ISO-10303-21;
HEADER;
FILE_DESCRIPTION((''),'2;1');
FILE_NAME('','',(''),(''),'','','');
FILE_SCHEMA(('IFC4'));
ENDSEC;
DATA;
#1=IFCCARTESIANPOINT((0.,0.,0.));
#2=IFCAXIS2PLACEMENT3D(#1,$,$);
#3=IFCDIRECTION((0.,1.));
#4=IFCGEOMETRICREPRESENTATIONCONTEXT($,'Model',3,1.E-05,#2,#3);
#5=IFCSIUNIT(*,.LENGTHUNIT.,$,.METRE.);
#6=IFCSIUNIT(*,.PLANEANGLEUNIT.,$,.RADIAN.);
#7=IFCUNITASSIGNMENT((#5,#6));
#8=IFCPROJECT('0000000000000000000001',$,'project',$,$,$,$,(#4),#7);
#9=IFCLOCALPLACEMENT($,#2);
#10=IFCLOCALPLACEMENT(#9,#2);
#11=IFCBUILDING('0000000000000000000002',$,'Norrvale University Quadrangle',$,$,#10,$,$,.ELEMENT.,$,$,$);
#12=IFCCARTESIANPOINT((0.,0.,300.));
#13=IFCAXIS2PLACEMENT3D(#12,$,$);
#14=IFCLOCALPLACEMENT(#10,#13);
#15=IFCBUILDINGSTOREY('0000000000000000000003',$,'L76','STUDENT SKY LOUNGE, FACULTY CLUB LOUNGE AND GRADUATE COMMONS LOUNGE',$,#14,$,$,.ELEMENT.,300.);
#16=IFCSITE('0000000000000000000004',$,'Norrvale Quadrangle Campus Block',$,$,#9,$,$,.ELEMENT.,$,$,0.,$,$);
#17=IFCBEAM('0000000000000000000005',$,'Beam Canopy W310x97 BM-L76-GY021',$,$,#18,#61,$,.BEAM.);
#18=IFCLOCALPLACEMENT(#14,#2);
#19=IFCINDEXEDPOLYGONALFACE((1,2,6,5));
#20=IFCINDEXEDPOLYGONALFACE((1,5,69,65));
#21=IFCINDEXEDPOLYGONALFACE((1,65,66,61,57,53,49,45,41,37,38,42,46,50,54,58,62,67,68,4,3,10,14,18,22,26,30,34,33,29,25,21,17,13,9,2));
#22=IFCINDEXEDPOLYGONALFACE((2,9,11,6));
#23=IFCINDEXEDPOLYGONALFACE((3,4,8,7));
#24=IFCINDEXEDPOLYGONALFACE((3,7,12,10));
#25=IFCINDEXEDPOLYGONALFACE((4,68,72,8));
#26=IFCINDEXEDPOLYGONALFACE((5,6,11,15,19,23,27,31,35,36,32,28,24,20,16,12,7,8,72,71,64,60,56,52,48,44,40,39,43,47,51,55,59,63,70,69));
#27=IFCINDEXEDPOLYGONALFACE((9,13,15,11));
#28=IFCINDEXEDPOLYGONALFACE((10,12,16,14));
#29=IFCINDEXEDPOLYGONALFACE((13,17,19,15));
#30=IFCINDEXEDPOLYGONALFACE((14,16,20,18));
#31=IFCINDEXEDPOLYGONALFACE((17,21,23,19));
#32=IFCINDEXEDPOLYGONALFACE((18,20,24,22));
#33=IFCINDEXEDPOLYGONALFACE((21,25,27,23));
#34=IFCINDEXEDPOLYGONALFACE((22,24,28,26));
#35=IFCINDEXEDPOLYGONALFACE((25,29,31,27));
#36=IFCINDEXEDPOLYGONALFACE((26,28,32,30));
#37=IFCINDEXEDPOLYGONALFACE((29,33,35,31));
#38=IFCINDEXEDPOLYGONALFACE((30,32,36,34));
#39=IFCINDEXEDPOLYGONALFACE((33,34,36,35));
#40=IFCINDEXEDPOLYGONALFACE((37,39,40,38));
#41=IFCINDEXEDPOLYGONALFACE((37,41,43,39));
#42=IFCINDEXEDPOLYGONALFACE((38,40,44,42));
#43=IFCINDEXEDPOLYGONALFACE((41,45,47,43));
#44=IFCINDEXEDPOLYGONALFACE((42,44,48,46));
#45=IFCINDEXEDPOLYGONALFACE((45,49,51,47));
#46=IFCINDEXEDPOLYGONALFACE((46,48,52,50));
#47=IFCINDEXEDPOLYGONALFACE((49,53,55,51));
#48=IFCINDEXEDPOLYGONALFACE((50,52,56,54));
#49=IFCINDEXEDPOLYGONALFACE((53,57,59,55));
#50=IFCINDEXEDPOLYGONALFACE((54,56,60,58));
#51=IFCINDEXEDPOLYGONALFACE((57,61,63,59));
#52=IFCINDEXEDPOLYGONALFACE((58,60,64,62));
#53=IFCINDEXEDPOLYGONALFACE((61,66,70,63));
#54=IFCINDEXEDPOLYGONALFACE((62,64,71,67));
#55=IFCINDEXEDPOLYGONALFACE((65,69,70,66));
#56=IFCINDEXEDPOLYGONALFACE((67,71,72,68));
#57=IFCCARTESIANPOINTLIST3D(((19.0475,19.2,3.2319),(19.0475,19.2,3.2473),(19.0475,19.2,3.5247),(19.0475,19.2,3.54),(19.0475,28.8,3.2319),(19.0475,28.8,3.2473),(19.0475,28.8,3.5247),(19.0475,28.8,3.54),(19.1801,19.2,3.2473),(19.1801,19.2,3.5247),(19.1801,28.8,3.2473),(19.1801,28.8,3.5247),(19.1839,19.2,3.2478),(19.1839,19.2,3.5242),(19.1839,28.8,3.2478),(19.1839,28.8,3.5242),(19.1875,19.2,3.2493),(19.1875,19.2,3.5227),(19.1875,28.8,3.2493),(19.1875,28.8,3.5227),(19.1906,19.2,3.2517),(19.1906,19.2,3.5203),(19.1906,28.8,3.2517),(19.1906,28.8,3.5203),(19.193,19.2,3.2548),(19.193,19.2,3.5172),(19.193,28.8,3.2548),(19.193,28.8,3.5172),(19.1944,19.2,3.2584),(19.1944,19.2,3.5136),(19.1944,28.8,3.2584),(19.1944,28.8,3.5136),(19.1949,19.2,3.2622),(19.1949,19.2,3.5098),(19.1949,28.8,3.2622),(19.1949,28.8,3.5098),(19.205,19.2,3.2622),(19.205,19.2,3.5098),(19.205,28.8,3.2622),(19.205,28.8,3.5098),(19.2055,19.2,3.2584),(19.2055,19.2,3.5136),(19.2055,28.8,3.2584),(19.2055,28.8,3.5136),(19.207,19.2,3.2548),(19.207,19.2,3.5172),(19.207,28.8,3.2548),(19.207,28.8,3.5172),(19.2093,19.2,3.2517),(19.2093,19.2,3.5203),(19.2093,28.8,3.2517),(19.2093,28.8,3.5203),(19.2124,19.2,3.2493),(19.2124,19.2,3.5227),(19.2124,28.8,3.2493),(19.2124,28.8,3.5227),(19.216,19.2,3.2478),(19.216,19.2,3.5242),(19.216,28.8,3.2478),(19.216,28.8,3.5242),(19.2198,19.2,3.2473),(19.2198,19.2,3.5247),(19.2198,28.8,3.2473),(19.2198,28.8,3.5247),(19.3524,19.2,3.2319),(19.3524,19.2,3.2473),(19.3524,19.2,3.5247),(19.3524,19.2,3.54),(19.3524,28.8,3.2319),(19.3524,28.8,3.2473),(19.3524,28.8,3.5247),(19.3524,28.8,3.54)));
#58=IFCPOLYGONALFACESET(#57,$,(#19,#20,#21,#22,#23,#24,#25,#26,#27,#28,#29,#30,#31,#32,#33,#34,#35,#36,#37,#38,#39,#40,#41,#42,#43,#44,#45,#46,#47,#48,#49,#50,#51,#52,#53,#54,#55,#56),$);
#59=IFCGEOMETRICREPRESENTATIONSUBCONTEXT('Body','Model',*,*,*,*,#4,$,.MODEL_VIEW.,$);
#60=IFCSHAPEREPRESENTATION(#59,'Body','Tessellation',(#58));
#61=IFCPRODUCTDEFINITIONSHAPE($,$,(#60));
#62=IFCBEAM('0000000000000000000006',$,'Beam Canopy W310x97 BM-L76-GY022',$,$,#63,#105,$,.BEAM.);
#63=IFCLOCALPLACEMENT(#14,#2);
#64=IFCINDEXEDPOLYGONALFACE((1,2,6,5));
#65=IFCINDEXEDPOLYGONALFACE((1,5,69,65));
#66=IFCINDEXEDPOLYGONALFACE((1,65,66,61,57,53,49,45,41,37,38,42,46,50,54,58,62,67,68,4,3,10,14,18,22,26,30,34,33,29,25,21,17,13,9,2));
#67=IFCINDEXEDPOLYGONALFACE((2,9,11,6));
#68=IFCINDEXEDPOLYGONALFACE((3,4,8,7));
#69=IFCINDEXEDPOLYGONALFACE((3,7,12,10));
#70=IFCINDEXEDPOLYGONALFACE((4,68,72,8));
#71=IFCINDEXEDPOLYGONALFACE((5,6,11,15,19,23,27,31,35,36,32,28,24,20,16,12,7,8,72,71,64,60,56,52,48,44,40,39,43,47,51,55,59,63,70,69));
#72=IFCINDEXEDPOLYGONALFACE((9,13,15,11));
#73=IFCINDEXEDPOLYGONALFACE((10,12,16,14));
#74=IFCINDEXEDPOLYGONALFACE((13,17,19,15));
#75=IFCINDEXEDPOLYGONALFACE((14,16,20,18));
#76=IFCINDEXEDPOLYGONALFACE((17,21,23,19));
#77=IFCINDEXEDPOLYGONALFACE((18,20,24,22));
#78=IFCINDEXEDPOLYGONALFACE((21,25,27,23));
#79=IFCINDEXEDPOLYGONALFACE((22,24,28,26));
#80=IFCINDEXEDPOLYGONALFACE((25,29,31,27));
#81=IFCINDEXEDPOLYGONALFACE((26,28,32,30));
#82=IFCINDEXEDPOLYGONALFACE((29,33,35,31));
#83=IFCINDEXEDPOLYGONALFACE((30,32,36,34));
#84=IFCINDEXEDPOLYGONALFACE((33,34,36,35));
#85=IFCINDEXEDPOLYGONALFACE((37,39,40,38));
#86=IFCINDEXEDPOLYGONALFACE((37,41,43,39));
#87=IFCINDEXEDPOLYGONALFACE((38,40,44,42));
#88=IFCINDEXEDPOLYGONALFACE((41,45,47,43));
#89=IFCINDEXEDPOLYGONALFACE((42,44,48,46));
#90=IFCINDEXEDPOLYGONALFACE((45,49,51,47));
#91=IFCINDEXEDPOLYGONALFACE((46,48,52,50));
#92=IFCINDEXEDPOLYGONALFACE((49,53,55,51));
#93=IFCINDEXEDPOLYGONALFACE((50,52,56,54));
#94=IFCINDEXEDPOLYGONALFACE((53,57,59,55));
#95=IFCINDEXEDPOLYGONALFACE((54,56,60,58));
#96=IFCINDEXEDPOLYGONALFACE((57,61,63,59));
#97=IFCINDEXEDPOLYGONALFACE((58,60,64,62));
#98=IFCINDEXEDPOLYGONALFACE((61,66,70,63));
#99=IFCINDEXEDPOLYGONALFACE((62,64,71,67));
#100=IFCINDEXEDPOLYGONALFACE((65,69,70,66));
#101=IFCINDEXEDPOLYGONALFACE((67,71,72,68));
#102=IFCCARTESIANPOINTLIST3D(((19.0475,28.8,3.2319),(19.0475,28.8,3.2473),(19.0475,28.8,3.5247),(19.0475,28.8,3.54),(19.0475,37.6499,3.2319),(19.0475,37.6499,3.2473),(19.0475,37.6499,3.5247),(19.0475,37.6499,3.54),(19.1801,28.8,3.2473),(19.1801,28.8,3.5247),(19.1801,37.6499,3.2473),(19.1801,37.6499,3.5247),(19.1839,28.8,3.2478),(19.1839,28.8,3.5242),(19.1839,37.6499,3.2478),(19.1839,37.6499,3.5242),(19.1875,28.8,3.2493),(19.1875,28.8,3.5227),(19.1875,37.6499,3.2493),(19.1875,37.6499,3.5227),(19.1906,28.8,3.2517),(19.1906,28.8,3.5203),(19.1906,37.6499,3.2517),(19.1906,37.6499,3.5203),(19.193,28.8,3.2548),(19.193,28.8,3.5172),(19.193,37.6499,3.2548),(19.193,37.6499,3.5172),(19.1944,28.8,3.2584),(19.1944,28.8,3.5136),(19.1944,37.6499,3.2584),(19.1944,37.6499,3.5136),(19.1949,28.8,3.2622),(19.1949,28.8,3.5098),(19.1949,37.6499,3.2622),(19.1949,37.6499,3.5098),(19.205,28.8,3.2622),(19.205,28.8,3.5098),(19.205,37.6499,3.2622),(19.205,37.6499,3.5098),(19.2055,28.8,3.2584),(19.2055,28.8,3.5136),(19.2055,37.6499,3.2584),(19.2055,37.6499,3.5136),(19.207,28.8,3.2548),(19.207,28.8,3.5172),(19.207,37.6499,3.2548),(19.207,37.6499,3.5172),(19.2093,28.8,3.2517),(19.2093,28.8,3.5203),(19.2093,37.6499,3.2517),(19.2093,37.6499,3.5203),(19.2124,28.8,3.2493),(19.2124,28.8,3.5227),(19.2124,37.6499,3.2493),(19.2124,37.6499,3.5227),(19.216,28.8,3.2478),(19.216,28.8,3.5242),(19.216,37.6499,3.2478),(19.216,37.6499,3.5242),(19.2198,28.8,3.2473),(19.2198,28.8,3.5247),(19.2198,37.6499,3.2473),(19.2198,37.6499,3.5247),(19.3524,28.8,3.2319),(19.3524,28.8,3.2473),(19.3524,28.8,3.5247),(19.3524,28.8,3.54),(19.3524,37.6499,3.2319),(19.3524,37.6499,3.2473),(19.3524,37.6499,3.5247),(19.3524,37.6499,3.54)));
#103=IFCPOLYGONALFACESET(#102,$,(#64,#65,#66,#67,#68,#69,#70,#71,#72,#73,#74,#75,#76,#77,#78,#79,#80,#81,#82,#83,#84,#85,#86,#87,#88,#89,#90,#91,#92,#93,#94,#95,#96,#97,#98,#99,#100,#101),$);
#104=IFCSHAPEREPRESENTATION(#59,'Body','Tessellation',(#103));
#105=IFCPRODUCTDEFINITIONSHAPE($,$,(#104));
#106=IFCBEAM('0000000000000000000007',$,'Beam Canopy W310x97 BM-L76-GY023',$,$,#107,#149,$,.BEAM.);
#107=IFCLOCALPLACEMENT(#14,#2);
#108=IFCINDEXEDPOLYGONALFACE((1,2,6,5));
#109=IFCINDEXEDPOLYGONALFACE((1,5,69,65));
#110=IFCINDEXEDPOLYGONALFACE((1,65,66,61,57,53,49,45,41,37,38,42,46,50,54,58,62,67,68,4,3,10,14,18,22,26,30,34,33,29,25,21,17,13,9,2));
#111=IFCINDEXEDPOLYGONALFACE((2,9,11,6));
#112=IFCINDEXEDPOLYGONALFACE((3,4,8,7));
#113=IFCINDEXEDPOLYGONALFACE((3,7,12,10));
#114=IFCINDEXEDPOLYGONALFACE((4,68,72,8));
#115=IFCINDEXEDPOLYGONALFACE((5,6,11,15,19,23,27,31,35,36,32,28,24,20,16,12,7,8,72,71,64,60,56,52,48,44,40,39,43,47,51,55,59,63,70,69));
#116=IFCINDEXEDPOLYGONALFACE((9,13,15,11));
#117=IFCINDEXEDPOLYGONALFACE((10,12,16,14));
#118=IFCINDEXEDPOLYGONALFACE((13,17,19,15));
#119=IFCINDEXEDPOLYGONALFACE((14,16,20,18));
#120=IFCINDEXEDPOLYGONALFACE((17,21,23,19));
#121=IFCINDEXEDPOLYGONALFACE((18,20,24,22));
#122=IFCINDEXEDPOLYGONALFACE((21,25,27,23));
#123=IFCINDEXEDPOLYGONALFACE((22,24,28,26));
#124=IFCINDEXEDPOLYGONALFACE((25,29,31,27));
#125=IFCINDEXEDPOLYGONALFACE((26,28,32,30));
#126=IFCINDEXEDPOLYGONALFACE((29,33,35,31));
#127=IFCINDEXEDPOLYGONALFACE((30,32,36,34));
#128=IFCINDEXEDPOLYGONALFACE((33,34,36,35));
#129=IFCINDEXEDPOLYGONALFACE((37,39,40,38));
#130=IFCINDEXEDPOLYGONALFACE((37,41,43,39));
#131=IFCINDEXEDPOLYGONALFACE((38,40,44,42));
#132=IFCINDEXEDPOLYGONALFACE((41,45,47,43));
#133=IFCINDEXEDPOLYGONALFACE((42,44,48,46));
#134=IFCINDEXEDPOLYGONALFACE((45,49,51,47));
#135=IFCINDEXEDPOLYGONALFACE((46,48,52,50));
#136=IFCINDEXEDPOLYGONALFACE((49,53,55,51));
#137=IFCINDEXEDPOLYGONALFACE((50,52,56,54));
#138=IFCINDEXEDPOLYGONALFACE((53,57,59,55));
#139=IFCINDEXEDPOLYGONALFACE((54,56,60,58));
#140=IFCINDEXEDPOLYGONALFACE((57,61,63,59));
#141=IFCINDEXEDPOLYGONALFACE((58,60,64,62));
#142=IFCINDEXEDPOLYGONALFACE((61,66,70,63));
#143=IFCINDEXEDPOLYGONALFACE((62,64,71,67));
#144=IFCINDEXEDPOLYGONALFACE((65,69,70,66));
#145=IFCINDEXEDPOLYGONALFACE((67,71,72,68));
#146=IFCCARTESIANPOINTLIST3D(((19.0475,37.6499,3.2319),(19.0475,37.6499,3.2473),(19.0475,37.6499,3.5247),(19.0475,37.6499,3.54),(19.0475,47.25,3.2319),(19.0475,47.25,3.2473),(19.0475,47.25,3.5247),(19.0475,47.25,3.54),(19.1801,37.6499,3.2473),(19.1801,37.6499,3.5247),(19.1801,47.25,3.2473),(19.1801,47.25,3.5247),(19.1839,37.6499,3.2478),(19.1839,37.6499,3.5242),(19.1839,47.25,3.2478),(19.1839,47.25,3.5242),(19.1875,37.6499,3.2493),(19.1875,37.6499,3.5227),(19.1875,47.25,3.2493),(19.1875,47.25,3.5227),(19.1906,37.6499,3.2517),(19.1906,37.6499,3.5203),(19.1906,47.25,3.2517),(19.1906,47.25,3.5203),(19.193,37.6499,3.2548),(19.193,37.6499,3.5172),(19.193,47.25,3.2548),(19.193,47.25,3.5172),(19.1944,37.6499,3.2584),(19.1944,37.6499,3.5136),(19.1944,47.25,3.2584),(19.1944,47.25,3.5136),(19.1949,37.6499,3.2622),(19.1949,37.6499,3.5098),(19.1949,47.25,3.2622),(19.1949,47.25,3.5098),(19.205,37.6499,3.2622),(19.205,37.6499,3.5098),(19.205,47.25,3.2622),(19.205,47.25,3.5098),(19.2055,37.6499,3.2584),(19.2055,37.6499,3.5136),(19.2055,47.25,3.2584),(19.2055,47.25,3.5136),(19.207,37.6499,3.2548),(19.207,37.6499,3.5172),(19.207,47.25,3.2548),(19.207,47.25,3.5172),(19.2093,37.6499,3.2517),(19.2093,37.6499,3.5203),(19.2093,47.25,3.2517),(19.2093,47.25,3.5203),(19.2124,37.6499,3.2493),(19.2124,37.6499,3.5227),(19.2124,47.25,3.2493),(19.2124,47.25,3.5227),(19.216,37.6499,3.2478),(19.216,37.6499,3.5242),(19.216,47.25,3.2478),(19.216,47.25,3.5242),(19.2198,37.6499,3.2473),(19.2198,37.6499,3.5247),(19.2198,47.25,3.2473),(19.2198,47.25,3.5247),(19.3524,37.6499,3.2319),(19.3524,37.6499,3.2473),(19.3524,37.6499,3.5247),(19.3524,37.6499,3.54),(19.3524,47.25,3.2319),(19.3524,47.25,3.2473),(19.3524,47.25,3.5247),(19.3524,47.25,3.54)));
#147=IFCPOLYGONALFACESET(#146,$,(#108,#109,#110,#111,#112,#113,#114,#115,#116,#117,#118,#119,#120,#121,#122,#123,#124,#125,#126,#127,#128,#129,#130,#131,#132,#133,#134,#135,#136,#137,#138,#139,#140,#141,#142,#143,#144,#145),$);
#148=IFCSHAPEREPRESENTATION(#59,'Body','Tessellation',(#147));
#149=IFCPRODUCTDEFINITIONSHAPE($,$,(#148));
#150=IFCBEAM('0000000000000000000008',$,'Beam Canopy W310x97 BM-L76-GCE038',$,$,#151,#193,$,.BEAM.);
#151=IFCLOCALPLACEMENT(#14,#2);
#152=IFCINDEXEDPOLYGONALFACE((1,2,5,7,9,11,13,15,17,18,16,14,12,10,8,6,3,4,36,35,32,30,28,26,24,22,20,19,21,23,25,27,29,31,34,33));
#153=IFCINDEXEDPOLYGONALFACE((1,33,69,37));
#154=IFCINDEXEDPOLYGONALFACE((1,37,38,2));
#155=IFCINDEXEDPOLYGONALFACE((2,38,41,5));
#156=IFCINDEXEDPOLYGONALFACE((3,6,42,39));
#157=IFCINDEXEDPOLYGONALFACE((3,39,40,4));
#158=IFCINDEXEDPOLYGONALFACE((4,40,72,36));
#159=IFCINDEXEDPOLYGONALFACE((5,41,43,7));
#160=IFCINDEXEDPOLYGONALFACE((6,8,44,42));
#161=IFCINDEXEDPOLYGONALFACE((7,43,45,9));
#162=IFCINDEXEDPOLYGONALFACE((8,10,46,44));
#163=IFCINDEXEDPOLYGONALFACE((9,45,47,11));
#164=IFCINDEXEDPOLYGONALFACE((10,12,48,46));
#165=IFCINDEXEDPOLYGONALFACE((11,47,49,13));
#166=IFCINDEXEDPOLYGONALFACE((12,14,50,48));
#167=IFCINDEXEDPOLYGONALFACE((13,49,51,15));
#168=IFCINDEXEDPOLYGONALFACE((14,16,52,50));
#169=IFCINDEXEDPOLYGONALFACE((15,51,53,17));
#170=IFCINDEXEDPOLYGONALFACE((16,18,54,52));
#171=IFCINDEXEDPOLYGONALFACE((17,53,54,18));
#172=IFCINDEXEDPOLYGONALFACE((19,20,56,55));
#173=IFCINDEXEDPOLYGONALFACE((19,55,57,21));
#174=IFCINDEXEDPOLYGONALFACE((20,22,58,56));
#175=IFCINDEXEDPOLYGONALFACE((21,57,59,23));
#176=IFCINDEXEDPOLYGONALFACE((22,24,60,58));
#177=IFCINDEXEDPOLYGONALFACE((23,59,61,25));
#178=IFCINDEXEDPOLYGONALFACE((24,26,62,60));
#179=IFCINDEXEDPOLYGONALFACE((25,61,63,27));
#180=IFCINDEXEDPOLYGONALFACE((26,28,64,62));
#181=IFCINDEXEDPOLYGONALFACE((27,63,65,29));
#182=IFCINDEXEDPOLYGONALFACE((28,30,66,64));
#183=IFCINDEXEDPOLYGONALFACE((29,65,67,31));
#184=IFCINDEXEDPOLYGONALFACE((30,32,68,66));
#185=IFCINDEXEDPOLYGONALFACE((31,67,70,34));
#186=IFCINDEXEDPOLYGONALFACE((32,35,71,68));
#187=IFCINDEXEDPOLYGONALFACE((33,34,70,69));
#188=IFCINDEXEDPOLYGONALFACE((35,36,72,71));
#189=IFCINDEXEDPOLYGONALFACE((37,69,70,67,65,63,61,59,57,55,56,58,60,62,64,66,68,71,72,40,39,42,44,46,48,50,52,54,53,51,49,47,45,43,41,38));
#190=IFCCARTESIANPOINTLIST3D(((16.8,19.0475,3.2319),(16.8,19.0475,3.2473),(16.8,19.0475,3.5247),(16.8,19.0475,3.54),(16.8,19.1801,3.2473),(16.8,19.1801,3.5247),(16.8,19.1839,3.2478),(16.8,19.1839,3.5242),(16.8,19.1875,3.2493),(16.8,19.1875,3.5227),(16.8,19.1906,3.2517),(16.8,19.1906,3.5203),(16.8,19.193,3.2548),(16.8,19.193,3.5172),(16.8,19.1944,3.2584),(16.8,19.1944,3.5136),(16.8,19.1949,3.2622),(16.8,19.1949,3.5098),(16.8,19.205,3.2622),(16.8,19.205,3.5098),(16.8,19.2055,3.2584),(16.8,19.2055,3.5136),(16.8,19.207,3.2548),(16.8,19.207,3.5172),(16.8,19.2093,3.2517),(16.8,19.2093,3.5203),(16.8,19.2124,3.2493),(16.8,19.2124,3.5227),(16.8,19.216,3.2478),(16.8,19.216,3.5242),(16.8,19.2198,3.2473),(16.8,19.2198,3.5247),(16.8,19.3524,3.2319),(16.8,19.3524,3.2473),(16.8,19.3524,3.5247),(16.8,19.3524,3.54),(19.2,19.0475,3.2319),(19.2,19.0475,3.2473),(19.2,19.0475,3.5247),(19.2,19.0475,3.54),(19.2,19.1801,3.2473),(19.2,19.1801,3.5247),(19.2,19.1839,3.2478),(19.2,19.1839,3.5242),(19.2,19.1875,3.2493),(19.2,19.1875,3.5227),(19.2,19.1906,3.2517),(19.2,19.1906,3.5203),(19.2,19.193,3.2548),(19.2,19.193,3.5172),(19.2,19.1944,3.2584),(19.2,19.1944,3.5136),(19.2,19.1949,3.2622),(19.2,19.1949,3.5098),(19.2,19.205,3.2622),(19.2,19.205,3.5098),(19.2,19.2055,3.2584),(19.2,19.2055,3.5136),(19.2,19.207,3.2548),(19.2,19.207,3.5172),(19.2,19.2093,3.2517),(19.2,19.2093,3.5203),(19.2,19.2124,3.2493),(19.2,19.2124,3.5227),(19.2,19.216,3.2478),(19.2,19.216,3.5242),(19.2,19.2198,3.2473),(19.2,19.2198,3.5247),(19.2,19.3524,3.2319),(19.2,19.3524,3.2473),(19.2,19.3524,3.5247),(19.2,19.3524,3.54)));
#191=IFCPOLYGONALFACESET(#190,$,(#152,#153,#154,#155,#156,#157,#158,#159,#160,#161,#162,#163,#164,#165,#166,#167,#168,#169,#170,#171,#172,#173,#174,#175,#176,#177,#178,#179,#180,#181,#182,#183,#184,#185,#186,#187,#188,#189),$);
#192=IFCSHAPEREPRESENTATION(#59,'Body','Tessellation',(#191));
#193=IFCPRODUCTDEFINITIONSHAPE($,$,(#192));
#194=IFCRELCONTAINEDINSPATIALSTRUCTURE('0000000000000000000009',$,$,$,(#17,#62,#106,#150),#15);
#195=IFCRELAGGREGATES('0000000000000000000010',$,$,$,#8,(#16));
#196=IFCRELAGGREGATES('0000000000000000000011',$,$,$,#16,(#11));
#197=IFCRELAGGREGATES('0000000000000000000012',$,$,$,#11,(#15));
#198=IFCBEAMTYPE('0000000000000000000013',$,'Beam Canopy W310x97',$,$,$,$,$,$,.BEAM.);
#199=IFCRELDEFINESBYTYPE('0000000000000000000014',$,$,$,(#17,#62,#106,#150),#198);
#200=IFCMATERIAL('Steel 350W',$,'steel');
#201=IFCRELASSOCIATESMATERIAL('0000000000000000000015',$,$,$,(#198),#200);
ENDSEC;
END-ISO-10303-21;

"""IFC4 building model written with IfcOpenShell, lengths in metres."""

from ifc_helpers import new_model, si_unit, direction, frame, origin, origin_2d, place, context, subcontext, project, spatial, i_section, extrude, material, material_profile, profile_set, type_object, element, save


model = new_model("IFC4")

# Units and contexts
model_context = context("Model", 3, precision=1e-05, world=origin(), true_north=direction((0.0, 1.0)))
body_context = subcontext(model_context, "Body", "Model", "MODEL_VIEW")
ifc_project = project(units=[si_unit("LENGTHUNIT", "METRE"), si_unit("PLANEANGLEUNIT", "RADIAN")], contexts=[model_context])

# Site, building, storey
site_placement = place(None, origin())
site = spatial("IfcSite", under=ifc_project, at=site_placement, Name="Norrvale Quadrangle Campus Block", CompositionType="ELEMENT", RefElevation=0.0)
building_placement = place(site_placement, origin())
building = spatial("IfcBuilding", under=site, at=building_placement, Name="Norrvale University Quadrangle", CompositionType="ELEMENT")
storey_placement = place(building_placement, frame((0.0, 0.0, 300.0)))
storey = spatial("IfcBuildingStorey", under=building, at=storey_placement, Name="L76", Description="STUDENT SKY LOUNGE, FACULTY CLUB LOUNGE AND GRADUATE COMMONS LOUNGE", CompositionType="ELEMENT", Elevation=300.0)

# Beams
ifc_material_1 = material(Name="Steel 350W", Category="steel")
ifc_material_profile_1 = material_profile(ifc_material_1, i_section(OverallWidth=0.3049, OverallDepth=0.3081, WebThickness=0.01, FlangeThickness=0.0154, FilletRadius=0.0149, at=origin_2d()), Name="Steel 350W")
ifc_profile_set_1 = profile_set([ifc_material_profile_1], Name="Steel 350W")
beam_type_1 = type_object("IfcBeamType", Name="Beam Canopy W310x97", PredefinedType="BEAM", material=ifc_profile_set_1)
for number, where, z_axis, x_axis, name in (
    (1, (19.2, 19.2, 3.386), (0.0, 1.0, 0.0), (-1.0, 0.0, 0.0), "Beam Canopy W310x97 BM-L76-GY021"),
):
    element("IfcBeam", number, at=place(storey_placement, frame(where, z_axis=z_axis, x_axis=x_axis)), inside=storey, type_object=beam_type_1, Name=name, PredefinedType="BEAM", context=body_context, shape_type="SweptSolid", body=[
        extrude(i_section(OverallWidth=0.3049, OverallDepth=0.3081, WebThickness=0.01, FlangeThickness=0.0154, FilletRadius=0.0149, at=origin_2d()), origin(), (0.0, 0.0, 1.0), 9.6001),
    ])
beam_1_placement = place(storey_placement, frame((19.2, 28.8, 3.386), z_axis=(0.0, 1.0, 0.0), x_axis=(-1.0, 0.0, 0.0)))
element("IfcBeam", 2, at=beam_1_placement, inside=storey, type_object=beam_type_1, Name="Beam Canopy W310x97 BM-L76-GY022", PredefinedType="BEAM", context=body_context, shape_type="SweptSolid", body=[
    extrude(i_section(OverallWidth=0.3049, OverallDepth=0.3081, WebThickness=0.01, FlangeThickness=0.0154, FilletRadius=0.0149, at=origin_2d()), origin(), (0.0, 0.0, 1.0), 8.8499),
])
beam_2_placement = place(storey_placement, frame((19.2, 37.6499, 3.386), z_axis=(0.0, 1.0, 0.0), x_axis=(-1.0, 0.0, 0.0)))
element("IfcBeam", 3, at=beam_2_placement, inside=storey, type_object=beam_type_1, Name="Beam Canopy W310x97 BM-L76-GY023", PredefinedType="BEAM", context=body_context, shape_type="SweptSolid", body=[
    extrude(i_section(OverallWidth=0.3049, OverallDepth=0.3081, WebThickness=0.01, FlangeThickness=0.0154, FilletRadius=0.0149, at=origin_2d()), origin(), (0.0, 0.0, 1.0), 9.6001),
])
for number, where, z_axis, x_axis, name in (
    (4, (16.8, 19.2, 3.386), (1.0, 0.0, 0.0), (0.0, 1.0, 0.0), "Beam Canopy W310x97 BM-L76-GCE038"),
):
    element("IfcBeam", number, at=place(storey_placement, frame(where, z_axis=z_axis, x_axis=x_axis)), inside=storey, type_object=beam_type_1, Name=name, PredefinedType="BEAM", context=body_context, shape_type="SweptSolid", body=[
        extrude(i_section(OverallWidth=0.3049, OverallDepth=0.3081, WebThickness=0.01, FlangeThickness=0.0154, FilletRadius=0.0149, at=origin_2d()), origin(), (0.0, 0.0, 1.0), 2.3999),
    ])

save(model, "model.ifc")
